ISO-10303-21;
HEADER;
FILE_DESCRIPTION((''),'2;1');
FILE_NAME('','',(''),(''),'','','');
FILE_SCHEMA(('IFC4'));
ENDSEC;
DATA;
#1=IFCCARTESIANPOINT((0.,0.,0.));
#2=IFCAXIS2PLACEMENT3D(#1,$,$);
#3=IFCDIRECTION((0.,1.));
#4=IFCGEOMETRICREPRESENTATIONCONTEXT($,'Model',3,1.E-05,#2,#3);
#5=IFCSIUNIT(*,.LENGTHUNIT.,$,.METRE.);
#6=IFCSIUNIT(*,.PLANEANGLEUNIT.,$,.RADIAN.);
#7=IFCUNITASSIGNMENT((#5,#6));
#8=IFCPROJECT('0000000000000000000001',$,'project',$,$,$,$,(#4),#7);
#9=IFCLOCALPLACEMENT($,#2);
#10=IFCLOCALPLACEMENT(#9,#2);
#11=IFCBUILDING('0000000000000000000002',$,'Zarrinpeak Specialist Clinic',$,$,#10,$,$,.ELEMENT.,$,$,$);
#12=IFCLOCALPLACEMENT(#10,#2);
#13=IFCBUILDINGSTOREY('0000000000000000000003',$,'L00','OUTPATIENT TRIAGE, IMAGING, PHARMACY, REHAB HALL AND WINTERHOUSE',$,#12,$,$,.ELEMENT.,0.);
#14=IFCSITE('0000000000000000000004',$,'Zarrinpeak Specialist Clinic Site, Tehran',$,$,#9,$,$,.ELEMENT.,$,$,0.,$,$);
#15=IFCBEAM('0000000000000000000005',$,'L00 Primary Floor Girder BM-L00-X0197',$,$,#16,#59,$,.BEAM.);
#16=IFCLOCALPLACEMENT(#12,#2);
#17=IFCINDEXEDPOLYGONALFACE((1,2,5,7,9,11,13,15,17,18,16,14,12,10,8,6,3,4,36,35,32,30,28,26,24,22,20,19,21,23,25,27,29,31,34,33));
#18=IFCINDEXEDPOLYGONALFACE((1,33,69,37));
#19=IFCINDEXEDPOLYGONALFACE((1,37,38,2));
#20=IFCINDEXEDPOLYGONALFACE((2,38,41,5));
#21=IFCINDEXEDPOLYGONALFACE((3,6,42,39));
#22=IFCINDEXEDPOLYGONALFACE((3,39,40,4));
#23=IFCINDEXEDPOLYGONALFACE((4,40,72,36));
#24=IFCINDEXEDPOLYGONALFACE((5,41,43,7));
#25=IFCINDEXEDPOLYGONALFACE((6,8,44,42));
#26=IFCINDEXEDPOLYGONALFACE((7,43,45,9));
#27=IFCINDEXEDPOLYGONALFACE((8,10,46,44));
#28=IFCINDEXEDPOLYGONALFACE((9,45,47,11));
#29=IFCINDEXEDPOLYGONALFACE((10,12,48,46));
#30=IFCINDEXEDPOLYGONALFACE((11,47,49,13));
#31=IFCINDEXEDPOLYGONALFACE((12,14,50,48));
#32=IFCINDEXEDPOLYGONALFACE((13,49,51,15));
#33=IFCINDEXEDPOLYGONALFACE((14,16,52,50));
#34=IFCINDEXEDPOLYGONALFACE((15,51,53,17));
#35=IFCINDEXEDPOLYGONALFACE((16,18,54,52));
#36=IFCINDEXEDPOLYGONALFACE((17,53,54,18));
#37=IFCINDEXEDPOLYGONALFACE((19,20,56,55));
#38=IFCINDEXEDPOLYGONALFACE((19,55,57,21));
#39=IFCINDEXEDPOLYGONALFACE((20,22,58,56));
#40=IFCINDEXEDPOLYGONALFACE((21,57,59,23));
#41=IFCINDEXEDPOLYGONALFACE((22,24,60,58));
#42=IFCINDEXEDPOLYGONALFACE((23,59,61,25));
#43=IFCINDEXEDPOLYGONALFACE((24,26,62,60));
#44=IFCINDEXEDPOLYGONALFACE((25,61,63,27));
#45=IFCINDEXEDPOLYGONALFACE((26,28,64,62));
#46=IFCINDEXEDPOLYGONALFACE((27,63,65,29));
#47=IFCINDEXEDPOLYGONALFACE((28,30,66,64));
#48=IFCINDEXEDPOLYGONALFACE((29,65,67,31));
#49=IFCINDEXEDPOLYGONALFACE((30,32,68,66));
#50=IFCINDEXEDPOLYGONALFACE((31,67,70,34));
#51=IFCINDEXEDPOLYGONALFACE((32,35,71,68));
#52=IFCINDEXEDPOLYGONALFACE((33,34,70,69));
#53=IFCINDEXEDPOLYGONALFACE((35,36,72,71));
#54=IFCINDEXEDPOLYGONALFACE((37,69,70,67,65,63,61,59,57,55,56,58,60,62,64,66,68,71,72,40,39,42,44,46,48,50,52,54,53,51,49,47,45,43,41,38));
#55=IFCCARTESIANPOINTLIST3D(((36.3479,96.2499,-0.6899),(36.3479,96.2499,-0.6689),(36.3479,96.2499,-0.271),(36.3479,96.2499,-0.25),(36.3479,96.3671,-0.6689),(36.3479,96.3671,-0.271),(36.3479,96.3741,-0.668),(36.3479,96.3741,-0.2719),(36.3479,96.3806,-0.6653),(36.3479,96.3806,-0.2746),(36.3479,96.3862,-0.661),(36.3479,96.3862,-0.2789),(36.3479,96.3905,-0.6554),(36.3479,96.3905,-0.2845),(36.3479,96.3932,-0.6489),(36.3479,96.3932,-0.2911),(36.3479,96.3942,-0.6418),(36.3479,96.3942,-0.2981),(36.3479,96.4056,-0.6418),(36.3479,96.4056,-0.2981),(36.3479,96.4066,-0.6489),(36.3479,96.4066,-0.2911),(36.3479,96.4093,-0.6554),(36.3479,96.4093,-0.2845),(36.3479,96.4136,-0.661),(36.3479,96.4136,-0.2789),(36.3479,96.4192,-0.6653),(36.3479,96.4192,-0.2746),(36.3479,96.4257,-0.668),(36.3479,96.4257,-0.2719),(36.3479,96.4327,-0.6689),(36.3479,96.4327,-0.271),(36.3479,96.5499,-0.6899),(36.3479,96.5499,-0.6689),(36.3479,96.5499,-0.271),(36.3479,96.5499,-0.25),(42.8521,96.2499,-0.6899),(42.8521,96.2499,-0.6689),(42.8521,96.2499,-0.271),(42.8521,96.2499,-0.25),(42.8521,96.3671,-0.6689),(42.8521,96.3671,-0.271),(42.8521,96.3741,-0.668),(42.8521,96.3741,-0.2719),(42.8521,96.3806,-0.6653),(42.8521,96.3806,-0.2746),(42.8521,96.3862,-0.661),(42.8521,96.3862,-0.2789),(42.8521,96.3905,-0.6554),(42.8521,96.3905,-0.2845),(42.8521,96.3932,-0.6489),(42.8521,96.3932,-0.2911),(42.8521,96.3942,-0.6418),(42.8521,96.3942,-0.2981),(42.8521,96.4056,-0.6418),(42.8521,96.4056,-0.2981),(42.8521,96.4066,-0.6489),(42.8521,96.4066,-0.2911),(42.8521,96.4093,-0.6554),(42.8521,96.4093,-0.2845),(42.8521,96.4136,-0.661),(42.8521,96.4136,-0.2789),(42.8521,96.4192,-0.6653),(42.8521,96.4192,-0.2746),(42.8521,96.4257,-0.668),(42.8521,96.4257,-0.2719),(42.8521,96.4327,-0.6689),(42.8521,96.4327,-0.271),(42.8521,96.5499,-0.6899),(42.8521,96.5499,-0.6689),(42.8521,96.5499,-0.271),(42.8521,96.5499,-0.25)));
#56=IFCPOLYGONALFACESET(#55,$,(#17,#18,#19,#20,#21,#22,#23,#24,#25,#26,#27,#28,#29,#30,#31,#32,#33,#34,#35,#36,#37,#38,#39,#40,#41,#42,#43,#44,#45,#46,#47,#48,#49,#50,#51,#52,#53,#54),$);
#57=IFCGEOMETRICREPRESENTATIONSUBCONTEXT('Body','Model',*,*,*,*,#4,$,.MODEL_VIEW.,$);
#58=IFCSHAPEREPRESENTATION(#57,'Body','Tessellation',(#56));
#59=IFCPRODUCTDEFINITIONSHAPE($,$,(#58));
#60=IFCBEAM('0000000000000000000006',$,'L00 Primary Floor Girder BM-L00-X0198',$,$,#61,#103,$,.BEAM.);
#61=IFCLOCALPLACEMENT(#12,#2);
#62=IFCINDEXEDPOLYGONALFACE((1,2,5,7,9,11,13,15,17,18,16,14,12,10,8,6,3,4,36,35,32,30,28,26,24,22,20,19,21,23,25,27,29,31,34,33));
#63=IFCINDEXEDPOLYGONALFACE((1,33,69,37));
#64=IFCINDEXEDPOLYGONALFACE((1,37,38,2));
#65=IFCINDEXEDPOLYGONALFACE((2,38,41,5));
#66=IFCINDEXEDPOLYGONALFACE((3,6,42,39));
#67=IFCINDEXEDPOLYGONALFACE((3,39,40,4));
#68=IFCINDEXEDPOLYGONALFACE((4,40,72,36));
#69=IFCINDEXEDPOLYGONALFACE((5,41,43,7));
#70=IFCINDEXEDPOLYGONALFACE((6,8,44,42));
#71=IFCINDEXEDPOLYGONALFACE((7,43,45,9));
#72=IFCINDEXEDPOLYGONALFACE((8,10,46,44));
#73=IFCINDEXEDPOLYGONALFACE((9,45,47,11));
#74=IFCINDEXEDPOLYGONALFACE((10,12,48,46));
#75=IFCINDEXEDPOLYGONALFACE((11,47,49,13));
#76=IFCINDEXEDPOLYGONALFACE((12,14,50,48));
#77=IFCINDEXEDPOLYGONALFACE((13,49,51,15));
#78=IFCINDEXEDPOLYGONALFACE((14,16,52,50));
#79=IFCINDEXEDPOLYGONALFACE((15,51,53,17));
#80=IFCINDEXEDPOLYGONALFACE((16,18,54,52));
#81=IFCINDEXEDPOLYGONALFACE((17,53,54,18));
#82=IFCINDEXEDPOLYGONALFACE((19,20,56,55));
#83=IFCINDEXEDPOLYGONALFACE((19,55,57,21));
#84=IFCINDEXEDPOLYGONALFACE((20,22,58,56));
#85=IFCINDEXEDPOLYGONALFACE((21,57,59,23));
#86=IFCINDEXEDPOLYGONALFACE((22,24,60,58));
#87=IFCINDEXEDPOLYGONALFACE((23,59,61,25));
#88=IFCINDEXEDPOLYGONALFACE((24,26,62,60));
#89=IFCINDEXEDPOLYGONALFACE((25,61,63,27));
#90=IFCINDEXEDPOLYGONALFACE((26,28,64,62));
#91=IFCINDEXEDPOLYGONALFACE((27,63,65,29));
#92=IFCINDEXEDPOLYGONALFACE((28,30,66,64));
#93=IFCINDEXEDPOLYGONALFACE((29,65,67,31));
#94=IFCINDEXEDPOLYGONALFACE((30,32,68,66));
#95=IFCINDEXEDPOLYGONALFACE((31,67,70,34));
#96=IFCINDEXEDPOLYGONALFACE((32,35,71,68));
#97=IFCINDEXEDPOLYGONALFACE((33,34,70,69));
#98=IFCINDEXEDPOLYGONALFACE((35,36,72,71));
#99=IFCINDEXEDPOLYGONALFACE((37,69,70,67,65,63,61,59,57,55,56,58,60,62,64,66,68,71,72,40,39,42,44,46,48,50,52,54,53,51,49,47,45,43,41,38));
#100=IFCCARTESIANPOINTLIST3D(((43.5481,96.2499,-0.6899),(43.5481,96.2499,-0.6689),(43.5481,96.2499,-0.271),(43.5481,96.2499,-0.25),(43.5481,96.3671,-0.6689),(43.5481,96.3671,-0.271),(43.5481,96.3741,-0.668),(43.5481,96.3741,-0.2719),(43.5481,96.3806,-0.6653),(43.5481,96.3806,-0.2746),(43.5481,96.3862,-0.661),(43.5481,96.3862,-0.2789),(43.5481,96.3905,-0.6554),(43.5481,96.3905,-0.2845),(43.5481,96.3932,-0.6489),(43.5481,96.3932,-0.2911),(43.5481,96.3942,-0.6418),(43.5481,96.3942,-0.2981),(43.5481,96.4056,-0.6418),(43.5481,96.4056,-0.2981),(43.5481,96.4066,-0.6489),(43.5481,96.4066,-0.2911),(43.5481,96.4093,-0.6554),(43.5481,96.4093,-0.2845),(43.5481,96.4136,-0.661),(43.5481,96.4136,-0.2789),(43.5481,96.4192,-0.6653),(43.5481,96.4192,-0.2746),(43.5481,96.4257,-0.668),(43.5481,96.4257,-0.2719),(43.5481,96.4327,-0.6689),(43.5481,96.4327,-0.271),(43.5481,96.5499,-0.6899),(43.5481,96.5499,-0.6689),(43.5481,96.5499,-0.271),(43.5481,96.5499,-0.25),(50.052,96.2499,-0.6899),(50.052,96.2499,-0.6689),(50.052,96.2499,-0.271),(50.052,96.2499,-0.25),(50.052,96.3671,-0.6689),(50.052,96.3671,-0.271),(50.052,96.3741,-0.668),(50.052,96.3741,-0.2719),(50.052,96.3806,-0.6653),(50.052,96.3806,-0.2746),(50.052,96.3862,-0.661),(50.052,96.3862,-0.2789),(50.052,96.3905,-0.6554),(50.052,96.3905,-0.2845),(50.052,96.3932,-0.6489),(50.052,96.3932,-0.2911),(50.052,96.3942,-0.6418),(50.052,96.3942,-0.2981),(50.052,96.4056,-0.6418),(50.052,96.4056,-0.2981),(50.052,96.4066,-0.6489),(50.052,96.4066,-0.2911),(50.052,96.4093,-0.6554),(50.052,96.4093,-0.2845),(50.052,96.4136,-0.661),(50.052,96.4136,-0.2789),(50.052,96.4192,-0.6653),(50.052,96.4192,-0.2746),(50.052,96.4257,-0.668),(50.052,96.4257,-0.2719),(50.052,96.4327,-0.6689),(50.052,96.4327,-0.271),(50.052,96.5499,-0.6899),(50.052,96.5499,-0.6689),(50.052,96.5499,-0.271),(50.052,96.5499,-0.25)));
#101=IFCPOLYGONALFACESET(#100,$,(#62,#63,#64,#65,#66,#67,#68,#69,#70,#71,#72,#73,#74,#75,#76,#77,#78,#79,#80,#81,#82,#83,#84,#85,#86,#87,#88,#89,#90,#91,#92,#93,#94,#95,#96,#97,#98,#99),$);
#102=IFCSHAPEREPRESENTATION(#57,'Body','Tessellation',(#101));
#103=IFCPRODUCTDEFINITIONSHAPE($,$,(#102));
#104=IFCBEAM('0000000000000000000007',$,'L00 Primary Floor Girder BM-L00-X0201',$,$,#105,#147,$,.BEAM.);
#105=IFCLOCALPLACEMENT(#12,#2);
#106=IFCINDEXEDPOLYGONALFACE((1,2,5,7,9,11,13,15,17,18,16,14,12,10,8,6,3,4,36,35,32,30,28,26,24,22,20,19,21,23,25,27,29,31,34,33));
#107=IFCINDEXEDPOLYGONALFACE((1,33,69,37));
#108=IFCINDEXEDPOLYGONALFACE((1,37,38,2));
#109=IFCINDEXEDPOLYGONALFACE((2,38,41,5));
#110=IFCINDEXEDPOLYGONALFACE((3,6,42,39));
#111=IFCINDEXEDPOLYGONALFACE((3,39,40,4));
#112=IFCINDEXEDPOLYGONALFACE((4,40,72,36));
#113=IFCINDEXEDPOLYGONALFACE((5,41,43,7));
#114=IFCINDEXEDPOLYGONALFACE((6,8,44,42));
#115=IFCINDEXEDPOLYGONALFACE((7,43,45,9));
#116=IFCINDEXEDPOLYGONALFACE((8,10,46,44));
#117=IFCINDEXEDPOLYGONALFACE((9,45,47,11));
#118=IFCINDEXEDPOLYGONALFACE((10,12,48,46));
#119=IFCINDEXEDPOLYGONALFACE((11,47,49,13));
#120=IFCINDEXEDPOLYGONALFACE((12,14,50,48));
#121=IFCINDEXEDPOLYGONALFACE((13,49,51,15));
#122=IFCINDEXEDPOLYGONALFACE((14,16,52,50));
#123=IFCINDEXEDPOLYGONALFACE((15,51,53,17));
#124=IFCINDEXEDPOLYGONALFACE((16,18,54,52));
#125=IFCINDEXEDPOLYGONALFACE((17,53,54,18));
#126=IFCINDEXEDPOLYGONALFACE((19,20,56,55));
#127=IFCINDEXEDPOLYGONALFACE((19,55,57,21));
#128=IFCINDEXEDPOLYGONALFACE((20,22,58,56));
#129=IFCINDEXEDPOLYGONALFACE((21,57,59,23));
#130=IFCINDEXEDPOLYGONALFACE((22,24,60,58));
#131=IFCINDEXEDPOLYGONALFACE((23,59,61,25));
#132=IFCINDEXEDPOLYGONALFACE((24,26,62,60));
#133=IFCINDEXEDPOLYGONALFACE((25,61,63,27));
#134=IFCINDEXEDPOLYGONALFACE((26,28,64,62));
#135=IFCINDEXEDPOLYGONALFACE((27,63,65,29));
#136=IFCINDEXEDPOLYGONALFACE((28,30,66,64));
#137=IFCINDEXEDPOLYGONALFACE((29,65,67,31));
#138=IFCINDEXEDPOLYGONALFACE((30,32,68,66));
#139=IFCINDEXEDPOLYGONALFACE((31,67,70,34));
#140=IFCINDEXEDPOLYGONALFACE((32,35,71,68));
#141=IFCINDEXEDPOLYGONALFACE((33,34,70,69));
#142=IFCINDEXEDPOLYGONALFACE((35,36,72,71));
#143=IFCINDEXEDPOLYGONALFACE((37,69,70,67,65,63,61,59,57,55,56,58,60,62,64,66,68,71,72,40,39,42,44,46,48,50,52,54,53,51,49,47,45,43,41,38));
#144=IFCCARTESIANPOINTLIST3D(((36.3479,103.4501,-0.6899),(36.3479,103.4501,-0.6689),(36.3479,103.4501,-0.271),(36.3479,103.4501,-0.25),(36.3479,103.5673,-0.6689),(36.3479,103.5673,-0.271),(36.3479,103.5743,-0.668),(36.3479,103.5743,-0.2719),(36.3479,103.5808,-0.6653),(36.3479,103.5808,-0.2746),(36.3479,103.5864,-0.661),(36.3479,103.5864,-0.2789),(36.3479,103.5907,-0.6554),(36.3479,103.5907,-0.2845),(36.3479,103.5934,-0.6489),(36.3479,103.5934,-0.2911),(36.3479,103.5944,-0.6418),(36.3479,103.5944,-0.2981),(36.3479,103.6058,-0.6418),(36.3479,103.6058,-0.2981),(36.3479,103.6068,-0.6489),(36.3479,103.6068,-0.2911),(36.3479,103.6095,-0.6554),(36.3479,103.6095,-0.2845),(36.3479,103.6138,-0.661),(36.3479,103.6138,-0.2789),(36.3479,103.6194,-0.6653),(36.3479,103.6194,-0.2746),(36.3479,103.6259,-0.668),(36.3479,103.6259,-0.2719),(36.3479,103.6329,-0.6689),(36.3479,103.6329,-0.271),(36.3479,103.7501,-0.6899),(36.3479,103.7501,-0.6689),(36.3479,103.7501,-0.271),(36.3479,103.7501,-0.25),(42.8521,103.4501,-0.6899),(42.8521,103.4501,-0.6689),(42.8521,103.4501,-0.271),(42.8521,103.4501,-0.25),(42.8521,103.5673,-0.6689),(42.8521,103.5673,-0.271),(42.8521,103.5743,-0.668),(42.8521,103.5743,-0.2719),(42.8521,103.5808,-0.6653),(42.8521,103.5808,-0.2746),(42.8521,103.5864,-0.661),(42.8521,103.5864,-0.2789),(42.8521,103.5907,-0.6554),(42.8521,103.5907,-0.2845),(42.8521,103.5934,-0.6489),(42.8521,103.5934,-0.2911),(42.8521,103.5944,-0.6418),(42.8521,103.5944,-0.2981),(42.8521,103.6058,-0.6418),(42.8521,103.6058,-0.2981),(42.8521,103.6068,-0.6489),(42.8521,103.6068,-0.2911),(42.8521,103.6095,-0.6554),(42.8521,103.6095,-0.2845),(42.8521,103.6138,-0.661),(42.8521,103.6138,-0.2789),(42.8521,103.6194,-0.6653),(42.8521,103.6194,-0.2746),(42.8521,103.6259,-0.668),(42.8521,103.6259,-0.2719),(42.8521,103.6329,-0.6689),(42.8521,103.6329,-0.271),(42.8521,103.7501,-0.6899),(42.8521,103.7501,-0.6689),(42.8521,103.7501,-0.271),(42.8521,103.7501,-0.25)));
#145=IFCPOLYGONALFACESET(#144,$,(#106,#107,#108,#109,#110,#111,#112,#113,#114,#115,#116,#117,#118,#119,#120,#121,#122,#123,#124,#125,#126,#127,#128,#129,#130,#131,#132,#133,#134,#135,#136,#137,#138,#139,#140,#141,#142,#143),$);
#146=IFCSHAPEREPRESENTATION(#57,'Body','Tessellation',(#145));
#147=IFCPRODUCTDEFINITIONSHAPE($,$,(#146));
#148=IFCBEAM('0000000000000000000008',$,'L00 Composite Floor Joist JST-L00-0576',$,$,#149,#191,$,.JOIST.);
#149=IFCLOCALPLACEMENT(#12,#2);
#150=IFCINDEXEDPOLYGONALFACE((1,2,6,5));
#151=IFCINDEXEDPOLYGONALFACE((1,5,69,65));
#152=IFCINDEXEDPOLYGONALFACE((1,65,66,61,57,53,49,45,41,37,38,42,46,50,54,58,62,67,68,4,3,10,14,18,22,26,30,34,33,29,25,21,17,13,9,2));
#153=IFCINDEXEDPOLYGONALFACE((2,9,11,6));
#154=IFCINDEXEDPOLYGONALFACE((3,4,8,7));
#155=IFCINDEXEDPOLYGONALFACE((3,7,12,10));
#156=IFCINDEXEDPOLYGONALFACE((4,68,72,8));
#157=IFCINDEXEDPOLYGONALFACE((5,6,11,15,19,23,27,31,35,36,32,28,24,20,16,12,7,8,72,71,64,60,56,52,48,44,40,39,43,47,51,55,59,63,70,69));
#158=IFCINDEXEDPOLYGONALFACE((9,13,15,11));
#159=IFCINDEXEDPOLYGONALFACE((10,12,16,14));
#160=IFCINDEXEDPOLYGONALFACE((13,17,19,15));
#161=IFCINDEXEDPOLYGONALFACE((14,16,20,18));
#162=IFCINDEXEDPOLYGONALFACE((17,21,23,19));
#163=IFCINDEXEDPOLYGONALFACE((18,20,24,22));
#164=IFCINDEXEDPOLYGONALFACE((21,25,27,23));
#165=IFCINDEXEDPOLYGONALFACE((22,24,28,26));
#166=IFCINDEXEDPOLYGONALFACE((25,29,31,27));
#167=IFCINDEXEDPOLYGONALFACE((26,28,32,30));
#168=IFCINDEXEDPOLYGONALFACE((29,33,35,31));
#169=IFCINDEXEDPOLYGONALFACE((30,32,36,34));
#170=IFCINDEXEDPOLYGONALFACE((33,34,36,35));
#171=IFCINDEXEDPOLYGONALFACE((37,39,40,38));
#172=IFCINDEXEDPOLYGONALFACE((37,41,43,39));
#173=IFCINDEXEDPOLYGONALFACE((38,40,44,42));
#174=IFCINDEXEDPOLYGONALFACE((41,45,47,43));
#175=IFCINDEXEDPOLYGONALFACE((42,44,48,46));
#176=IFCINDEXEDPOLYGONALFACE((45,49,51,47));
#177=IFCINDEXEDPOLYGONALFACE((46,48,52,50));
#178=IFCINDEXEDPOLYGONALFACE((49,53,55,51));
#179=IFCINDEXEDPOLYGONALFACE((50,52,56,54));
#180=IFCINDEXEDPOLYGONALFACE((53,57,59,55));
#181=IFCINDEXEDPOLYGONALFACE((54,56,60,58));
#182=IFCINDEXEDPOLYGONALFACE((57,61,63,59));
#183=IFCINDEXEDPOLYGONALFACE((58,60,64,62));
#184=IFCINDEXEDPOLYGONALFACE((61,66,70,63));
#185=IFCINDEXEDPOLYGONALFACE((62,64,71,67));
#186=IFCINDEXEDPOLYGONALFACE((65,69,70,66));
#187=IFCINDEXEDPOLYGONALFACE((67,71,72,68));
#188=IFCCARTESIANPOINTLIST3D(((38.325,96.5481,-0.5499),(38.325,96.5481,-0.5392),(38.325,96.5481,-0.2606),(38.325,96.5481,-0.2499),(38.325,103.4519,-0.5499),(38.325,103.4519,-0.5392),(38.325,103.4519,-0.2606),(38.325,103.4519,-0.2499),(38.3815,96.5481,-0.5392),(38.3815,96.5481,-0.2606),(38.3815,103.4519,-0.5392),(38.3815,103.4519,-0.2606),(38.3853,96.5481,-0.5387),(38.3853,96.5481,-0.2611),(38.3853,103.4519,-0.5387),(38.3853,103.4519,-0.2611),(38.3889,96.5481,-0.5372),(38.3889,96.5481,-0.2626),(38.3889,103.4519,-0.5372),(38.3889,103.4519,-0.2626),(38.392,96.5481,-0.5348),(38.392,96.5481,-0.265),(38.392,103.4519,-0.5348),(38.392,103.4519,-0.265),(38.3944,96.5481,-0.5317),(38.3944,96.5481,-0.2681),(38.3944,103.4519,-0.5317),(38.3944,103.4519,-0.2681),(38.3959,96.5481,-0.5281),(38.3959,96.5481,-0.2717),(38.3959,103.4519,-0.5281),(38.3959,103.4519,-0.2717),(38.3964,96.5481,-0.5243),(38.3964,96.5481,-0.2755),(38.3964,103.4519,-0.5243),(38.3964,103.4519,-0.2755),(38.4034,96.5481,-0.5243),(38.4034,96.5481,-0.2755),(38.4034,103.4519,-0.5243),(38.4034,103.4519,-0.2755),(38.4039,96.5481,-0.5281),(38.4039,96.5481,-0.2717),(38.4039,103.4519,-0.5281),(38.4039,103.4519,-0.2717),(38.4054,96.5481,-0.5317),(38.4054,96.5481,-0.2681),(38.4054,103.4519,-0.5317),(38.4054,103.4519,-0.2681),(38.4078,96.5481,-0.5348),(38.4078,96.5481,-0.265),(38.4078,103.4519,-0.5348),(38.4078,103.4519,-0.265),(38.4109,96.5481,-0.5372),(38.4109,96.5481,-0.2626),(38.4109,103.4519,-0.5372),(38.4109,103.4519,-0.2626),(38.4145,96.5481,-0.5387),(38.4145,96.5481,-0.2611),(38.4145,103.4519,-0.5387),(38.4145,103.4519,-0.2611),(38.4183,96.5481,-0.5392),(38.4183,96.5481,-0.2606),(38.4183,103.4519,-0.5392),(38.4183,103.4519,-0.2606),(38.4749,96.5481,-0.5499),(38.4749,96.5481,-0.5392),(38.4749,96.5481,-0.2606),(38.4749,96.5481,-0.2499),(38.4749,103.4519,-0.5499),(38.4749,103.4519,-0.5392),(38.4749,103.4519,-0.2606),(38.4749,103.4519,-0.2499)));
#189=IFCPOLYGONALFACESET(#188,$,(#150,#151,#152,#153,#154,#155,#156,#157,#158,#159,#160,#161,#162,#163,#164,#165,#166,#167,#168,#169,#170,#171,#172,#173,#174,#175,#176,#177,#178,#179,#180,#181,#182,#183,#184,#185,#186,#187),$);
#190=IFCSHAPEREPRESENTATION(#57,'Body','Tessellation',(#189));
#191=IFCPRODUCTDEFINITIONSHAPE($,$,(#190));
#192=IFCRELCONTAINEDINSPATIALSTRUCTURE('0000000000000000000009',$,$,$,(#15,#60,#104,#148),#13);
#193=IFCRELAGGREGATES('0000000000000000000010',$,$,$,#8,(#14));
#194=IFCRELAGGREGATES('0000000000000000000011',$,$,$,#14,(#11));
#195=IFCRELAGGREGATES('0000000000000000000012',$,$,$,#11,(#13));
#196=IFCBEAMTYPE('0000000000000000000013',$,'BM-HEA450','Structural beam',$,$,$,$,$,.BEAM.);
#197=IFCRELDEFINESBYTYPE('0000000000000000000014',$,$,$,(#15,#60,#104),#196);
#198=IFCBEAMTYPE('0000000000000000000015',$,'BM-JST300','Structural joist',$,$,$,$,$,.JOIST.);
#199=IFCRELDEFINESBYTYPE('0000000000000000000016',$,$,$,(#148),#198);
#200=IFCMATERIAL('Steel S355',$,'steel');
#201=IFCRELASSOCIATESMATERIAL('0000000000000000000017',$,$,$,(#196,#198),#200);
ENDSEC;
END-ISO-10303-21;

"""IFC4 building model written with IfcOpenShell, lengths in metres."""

from ifc_helpers import new_model, si_unit, direction, frame, origin, origin_2d, place, context, subcontext, project, spatial, i_section, extrude, material, material_profile, profile_set, type_object, element, save


model = new_model("IFC4")

# Units and contexts
model_context = context("Model", 3, precision=1e-05, world=origin(), true_north=direction((0.0, 1.0)))
body_context = subcontext(model_context, "Body", "Model", "MODEL_VIEW")
ifc_project = project(units=[si_unit("LENGTHUNIT", "METRE"), si_unit("PLANEANGLEUNIT", "RADIAN")], contexts=[model_context])

# Site, building, storey
site_placement = place(None, origin())
site = spatial("IfcSite", under=ifc_project, at=site_placement, Name="Zarrinpeak Specialist Clinic Site, Tehran", CompositionType="ELEMENT", RefElevation=0.0)
building_placement = place(site_placement, origin())
building = spatial("IfcBuilding", under=site, at=building_placement, Name="Zarrinpeak Specialist Clinic", CompositionType="ELEMENT")
storey_placement = place(building_placement, origin())
storey = spatial("IfcBuildingStorey", under=building, at=storey_placement, Name="L00", Description="OUTPATIENT TRIAGE, IMAGING, PHARMACY, REHAB HALL AND WINTERHOUSE", CompositionType="ELEMENT", Elevation=0.0)

# Shared definitions
ifc_material_1 = material(Name="Steel S355", Category="steel")

# Beams
ifc_material_profile_1 = material_profile(ifc_material_1, i_section(OverallWidth=0.3, OverallDepth=0.4399, WebThickness=0.0115, FlangeThickness=0.021, FilletRadius=0.0271, at=origin_2d()), Name="HEA 450")
ifc_profile_set_1 = profile_set([ifc_material_profile_1], Name="Steel S355")
beam_type_1 = type_object("IfcBeamType", Name="BM-HEA450", Description="Structural beam", PredefinedType="BEAM", material=ifc_profile_set_1)
beam_1_placement = place(storey_placement, frame((36.3479, 96.3999, -0.47), z_axis=(1.0, 0.0, 0.0), x_axis=(0.0, 1.0, 0.0)))
element("IfcBeam", 1, at=beam_1_placement, inside=storey, type_object=beam_type_1, Name="L00 Primary Floor Girder BM-L00-X0197", PredefinedType="BEAM", context=body_context, shape_type="SweptSolid", body=[
    extrude(i_section(OverallWidth=0.3, OverallDepth=0.4399, WebThickness=0.0115, FlangeThickness=0.021, FilletRadius=0.0271, at=origin_2d()), origin(), (0.0, 0.0, 1.0), 6.5042),
])
beam_2_placement = place(storey_placement, frame((43.5481, 96.3999, -0.47), z_axis=(1.0, 0.0, 0.0), x_axis=(0.0, 1.0, 0.0)))
element("IfcBeam", 2, at=beam_2_placement, inside=storey, type_object=beam_type_1, Name="L00 Primary Floor Girder BM-L00-X0198", PredefinedType="BEAM", context=body_context, shape_type="SweptSolid", body=[
    extrude(i_section(OverallWidth=0.3, OverallDepth=0.4399, WebThickness=0.0115, FlangeThickness=0.021, FilletRadius=0.0271, at=origin_2d()), origin(), (0.0, 0.0, 1.0), 6.5039),
])
beam_3_placement = place(storey_placement, frame((36.3479, 103.6001, -0.47), z_axis=(1.0, 0.0, 0.0), x_axis=(0.0, 1.0, 0.0)))
element("IfcBeam", 3, at=beam_3_placement, inside=storey, type_object=beam_type_1, Name="L00 Primary Floor Girder BM-L00-X0201", PredefinedType="BEAM", context=body_context, shape_type="SweptSolid", body=[
    extrude(i_section(OverallWidth=0.3, OverallDepth=0.4399, WebThickness=0.0115, FlangeThickness=0.021, FilletRadius=0.0271, at=origin_2d()), origin(), (0.0, 0.0, 1.0), 6.5042),
])
ifc_material_profile_2 = material_profile(ifc_material_1, i_section(OverallWidth=0.1499, OverallDepth=0.3, WebThickness=0.0071, FlangeThickness=0.0107, FilletRadius=0.0149, at=origin_2d()), Name="IPE 300")
ifc_profile_set_2 = profile_set([ifc_material_profile_2], Name="Steel S355")
beam_type_2 = type_object("IfcBeamType", Name="BM-JST300", Description="Structural joist", PredefinedType="JOIST", material=ifc_profile_set_2)
for number, where, z_axis, x_axis, name in (
    (4, (38.3999, 96.5481, -0.3999), (0.0, 1.0, 0.0), (-1.0, 0.0, 0.0), "L00 Composite Floor Joist JST-L00-0576"),
):
    element("IfcBeam", number, at=place(storey_placement, frame(where, z_axis=z_axis, x_axis=x_axis)), inside=storey, type_object=beam_type_2, Name=name, PredefinedType="JOIST", context=body_context, shape_type="SweptSolid", body=[
        extrude(i_section(OverallWidth=0.1499, OverallDepth=0.3, WebThickness=0.0071, FlangeThickness=0.0107, FilletRadius=0.0149, at=origin_2d()), origin(), (0.0, 0.0, 1.0), 6.9038),
    ])

save(model, "model.ifc")
